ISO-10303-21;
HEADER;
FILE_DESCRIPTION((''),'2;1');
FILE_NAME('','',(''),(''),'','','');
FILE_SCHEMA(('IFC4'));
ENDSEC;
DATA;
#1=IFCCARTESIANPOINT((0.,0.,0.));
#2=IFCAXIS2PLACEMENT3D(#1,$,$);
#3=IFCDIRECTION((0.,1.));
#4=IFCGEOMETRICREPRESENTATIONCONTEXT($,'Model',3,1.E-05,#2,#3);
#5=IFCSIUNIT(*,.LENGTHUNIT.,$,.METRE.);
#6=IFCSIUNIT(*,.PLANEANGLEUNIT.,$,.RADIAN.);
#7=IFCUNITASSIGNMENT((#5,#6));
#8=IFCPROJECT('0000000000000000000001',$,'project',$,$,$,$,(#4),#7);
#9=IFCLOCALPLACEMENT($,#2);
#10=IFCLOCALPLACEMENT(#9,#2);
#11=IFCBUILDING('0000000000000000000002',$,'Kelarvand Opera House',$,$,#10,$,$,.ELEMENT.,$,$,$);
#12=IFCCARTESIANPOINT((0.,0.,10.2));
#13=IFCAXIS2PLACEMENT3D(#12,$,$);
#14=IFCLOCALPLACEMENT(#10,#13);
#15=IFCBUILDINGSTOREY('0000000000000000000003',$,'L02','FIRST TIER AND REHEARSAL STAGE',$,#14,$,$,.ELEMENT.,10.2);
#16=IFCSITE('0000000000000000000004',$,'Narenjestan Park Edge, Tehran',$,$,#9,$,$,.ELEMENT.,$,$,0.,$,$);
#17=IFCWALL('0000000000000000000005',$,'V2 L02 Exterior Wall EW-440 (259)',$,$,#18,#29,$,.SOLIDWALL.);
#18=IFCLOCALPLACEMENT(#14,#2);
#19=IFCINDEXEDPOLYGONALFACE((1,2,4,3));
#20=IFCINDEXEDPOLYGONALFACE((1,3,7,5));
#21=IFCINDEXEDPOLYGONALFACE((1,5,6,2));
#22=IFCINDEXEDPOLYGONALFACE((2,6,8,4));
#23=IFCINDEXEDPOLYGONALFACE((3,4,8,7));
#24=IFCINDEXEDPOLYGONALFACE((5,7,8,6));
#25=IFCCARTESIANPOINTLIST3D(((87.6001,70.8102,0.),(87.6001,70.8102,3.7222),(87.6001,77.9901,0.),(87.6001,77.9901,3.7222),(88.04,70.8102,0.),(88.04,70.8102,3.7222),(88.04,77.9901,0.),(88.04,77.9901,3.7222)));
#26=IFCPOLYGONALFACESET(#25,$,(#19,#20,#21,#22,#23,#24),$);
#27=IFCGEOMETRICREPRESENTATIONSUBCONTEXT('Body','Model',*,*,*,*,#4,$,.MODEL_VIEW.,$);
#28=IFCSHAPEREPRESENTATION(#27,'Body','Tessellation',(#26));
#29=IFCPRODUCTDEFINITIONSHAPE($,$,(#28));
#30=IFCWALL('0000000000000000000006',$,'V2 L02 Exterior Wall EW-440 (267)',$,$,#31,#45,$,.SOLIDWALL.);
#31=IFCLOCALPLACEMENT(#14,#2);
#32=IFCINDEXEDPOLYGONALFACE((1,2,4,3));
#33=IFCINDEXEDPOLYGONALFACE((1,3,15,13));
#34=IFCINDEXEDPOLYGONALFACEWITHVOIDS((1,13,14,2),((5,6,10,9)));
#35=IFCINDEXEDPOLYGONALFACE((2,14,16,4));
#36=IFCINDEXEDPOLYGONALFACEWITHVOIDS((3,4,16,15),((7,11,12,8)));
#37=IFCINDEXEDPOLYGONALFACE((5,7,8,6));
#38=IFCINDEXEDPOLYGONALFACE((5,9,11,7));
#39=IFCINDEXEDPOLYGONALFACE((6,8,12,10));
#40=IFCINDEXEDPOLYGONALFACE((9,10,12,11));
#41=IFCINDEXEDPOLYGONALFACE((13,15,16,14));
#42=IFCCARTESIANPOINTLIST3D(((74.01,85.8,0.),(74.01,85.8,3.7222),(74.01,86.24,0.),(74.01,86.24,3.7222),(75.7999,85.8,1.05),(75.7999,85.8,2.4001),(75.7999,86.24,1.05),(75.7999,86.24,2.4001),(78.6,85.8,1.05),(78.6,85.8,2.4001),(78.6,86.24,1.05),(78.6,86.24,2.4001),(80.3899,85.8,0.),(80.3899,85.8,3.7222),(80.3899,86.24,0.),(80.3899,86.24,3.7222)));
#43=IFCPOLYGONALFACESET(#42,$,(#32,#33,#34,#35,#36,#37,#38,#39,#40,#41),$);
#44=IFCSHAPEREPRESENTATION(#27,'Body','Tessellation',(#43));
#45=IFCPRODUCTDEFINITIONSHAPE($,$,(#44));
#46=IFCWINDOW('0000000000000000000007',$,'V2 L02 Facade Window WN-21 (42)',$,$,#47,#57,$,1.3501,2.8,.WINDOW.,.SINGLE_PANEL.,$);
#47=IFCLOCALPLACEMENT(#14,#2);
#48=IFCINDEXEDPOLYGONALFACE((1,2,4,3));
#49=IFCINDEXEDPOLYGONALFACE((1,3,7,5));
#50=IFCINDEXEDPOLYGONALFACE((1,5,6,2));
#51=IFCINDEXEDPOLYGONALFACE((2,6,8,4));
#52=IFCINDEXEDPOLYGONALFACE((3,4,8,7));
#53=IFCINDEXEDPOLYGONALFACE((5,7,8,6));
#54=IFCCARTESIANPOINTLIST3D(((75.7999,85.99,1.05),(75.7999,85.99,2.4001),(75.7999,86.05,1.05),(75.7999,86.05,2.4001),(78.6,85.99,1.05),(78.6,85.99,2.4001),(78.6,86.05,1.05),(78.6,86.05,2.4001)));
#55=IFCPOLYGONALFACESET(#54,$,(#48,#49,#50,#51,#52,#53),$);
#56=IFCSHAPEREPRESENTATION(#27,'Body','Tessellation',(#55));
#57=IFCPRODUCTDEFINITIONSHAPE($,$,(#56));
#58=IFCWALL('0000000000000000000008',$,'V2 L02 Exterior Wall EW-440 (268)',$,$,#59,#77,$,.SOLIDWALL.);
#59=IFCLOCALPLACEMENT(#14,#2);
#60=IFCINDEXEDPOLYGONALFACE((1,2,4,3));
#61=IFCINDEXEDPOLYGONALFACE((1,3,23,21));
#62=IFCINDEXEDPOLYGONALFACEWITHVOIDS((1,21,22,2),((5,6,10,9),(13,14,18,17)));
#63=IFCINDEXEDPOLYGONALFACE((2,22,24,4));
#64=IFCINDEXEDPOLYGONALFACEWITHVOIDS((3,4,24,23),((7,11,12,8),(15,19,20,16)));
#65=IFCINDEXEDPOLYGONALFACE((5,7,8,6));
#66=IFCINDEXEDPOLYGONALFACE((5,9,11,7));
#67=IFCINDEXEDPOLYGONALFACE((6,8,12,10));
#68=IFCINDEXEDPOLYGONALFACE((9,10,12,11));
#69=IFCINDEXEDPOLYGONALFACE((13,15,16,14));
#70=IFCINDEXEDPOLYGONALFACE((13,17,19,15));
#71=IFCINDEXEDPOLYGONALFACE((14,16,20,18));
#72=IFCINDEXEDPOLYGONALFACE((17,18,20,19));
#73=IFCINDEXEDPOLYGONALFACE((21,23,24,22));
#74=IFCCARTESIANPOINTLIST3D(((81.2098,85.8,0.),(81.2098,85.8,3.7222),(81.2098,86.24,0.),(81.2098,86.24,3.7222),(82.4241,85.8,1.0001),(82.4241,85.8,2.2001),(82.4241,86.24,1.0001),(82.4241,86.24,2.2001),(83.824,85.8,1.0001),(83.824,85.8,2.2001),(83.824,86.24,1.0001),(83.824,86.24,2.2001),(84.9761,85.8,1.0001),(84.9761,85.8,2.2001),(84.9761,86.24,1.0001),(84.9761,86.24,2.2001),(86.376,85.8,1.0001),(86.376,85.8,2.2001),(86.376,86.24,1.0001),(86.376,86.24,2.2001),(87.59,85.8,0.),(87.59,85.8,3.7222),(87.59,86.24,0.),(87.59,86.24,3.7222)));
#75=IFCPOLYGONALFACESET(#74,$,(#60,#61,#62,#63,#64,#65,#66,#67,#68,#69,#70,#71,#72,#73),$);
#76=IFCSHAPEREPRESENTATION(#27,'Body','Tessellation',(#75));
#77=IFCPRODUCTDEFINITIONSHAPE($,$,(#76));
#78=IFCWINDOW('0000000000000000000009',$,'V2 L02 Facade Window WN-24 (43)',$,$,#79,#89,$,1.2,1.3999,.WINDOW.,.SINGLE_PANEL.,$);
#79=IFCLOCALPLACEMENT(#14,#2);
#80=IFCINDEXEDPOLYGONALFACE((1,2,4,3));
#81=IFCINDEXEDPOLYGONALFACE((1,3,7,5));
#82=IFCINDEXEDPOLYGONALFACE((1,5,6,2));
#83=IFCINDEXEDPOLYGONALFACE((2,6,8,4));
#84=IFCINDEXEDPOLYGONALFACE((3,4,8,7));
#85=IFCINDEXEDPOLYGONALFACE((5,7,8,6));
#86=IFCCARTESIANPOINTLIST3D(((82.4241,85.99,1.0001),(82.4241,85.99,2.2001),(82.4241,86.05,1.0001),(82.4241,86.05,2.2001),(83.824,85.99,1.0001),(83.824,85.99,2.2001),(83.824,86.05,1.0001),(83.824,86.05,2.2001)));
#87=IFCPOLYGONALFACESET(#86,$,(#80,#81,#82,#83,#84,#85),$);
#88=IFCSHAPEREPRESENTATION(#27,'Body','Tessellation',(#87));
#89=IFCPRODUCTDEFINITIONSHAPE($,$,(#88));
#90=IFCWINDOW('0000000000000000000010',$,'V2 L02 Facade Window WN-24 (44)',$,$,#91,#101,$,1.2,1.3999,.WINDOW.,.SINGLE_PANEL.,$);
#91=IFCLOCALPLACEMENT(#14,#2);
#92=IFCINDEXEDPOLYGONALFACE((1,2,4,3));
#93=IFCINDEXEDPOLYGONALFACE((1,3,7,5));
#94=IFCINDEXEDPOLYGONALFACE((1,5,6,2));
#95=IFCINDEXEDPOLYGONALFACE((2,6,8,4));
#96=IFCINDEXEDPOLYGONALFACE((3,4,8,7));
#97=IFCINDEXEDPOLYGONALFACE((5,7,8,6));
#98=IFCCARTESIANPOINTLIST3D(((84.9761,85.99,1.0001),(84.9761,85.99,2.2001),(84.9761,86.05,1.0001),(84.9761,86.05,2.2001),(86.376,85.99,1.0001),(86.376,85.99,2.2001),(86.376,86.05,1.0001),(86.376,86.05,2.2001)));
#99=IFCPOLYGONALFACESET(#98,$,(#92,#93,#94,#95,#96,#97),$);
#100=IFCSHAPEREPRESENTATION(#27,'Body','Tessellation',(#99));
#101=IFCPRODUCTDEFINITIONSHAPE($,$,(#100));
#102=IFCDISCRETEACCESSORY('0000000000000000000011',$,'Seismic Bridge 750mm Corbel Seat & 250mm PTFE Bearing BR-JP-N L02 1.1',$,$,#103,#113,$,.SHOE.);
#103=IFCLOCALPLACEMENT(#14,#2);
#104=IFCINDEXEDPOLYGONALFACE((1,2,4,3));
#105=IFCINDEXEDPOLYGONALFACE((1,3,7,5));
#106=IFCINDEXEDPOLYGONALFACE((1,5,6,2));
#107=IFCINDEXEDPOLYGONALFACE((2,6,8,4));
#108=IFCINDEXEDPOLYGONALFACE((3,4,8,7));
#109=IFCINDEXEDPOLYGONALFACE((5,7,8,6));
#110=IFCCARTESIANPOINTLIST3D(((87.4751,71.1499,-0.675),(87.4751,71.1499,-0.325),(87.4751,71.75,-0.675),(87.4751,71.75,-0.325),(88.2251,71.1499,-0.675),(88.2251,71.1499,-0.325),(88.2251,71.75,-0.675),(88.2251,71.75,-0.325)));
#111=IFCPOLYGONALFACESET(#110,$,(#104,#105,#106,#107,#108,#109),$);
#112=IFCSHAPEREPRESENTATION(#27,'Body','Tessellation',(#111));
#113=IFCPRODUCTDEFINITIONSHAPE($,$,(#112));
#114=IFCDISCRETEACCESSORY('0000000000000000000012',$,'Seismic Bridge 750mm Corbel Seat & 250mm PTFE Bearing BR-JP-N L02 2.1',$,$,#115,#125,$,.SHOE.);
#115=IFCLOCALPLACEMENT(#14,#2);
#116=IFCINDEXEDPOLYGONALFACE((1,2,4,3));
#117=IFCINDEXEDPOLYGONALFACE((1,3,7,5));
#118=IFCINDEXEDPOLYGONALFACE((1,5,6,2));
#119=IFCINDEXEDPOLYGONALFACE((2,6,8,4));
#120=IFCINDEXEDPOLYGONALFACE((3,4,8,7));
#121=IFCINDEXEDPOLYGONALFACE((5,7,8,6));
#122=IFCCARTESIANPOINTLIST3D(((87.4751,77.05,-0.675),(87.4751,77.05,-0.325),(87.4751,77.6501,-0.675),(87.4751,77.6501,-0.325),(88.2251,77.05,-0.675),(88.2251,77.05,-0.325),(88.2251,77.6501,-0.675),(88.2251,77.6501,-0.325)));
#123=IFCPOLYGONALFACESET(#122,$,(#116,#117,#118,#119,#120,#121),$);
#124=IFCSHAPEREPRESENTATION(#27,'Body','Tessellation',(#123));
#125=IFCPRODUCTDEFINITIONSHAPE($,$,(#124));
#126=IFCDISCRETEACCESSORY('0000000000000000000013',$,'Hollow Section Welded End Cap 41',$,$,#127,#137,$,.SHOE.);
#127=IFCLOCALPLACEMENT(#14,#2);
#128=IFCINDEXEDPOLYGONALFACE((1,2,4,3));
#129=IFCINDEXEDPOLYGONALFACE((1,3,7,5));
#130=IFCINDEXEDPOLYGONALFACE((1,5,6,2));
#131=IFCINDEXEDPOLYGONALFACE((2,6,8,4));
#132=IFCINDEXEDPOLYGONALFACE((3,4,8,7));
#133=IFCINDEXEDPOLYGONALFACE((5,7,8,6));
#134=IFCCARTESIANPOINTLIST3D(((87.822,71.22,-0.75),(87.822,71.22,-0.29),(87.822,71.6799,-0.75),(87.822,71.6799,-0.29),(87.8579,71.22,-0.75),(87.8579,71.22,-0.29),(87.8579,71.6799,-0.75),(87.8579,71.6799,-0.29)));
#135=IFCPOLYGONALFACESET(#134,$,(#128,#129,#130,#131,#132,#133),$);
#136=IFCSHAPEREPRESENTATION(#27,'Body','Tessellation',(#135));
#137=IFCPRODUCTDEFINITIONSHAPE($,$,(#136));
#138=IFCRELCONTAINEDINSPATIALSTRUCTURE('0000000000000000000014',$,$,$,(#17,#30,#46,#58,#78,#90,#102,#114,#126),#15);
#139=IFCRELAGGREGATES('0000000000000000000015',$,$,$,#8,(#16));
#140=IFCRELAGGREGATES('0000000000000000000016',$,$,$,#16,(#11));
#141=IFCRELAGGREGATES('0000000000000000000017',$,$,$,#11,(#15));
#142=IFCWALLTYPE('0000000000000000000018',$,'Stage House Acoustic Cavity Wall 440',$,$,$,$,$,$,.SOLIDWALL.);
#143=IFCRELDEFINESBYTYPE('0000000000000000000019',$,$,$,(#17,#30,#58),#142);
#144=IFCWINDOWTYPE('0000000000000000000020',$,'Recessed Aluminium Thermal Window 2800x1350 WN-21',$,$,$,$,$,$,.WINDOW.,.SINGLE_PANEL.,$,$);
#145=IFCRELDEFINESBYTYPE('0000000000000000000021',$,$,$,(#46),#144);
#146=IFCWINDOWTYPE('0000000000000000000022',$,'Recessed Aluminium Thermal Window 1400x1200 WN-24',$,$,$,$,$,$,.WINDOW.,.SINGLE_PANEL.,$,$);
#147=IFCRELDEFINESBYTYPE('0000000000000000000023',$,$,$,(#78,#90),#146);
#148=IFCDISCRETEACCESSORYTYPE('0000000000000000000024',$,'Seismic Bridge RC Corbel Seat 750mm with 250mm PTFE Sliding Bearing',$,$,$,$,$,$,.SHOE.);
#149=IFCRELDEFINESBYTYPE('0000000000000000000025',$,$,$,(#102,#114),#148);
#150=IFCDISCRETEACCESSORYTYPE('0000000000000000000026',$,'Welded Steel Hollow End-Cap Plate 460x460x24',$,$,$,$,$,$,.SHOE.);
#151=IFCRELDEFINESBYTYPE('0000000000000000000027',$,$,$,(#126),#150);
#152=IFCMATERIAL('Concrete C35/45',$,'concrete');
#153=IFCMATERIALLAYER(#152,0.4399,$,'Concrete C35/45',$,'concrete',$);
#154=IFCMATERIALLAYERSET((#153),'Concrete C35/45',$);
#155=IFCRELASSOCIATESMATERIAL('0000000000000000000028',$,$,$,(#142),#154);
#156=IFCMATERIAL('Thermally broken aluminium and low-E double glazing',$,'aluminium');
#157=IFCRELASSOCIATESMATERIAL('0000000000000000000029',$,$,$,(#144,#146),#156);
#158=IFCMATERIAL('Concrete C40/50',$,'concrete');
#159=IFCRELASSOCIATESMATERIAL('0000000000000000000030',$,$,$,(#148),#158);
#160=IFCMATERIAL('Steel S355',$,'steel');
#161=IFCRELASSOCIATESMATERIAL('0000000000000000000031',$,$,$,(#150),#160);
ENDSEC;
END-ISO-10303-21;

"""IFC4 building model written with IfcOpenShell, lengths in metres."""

from ifc_helpers import new_model, si_unit, direction, frame, frame_2d, origin, origin_2d, place, context, subcontext, project, spatial, rectangle, extrude, material, layer, layer_set, material_profile, profile_set, type_object, element, fill, save


model = new_model("IFC4")

# Units and contexts
model_context = context("Model", 3, precision=1e-05, world=origin(), true_north=direction((0.0, 1.0)))
body_context = subcontext(model_context, "Body", "Model", "MODEL_VIEW")
ifc_project = project(units=[si_unit("LENGTHUNIT", "METRE"), si_unit("PLANEANGLEUNIT", "RADIAN")], contexts=[model_context])

# Site, building, storey
site_placement = place(None, origin())
site = spatial("IfcSite", under=ifc_project, at=site_placement, Name="Narenjestan Park Edge, Tehran", CompositionType="ELEMENT", RefElevation=0.0)
building_placement = place(site_placement, origin())
building = spatial("IfcBuilding", under=site, at=building_placement, Name="Kelarvand Opera House", CompositionType="ELEMENT")
storey_placement = place(building_placement, frame((0.0, 0.0, 10.2)))
storey = spatial("IfcBuildingStorey", under=building, at=storey_placement, Name="L02", Description="FIRST TIER AND REHEARSAL STAGE", CompositionType="ELEMENT", Elevation=10.2)

# Shared definitions
ifc_material_1 = material(Name="Concrete C40/50", Category="concrete")

# Shared definitions
ifc_material_2 = material(Name="Steel S355", Category="steel")

# Wall
ifc_material_3 = material(Name="Concrete C35/45", Category="concrete")
ifc_layer_1 = layer(ifc_material_3, 0.4399, Name="Concrete C35/45", Category="concrete")
ifc_layer_set_1 = layer_set([ifc_layer_1], Name="Concrete C35/45")
wall_type_1 = type_object("IfcWallType", Name="Stage House Acoustic Cavity Wall 440", PredefinedType="SOLIDWALL", material=ifc_layer_set_1)
wall_1_placement = place(storey_placement, frame((87.8201, 77.99, 0.0), z_axis=(0.0, 0.0, 1.0), x_axis=(0.0, -1.0, 0.0)))
element("IfcWall", 1, at=wall_1_placement, inside=storey, type_object=wall_type_1, Name="V2 L02 Exterior Wall EW-440 (259)", PredefinedType="SOLIDWALL", context=body_context, shape_type="SweptSolid", body=[
    extrude(rectangle(XDim=7.1799, YDim=0.4399, at=frame_2d((3.5898, 0.0))), origin(), (0.0, 0.0, 1.0), 3.7222),
])

# Wall, opening, window
wall_2_placement = place(storey_placement, frame((74.01, 86.02, 0.0), z_axis=(0.0, 0.0, 1.0), x_axis=(1.0, 0.0, 0.0)))
wall_2 = element("IfcWall", 2, at=wall_2_placement, inside=storey, type_object=wall_type_1, Name="V2 L02 Exterior Wall EW-440 (267)", PredefinedType="SOLIDWALL", context=body_context, shape_type="SweptSolid", body=[
    extrude(rectangle(XDim=6.3799, YDim=0.4399, at=frame_2d((3.1899, 0.0))), origin(), (0.0, 0.0, 1.0), 3.7222),
])
opening_1_placement = place(wall_2_placement, frame((1.79, 0.0, 1.05)))
opening_1 = element("IfcOpeningElement", 3, at=opening_1_placement, cuts=wall_2, PredefinedType="OPENING", context=body_context, shape_type="SweptSolid", body=[
    extrude(rectangle(XDim=2.8, YDim=1.3501, at=frame_2d((1.3999, 0.675))), frame((0.0, 0.23, 0.0), z_axis=(0.0, -1.0, 0.0), x_axis=(1.0, 0.0, 0.0)), (0.0, 0.0, 1.0), 0.46),
])
ifc_material_4 = material(Name="Thermally broken aluminium and low-E double glazing", Category="aluminium")
window_type_1 = type_object("IfcWindowType", Name="Recessed Aluminium Thermal Window 2800x1350 WN-21", PartitioningType="SINGLE_PANEL", PredefinedType="WINDOW", material=ifc_material_4)
window_1_placement = place(opening_1_placement, origin())
window_1 = element("IfcWindow", 4, at=window_1_placement, inside=storey, type_object=window_type_1, Name="V2 L02 Facade Window WN-21 (42)", OverallHeight=1.3501, OverallWidth=2.8, PartitioningType="SINGLE_PANEL", PredefinedType="WINDOW", context=body_context, shape_type="SweptSolid", body=[
    extrude(rectangle(XDim=2.8, YDim=1.3501, at=frame_2d((1.3999, 0.675))), frame((0.0, 0.03, 0.0), z_axis=(0.0, -1.0, 0.0), x_axis=(1.0, 0.0, 0.0)), (0.0, 0.0, 1.0), 0.0601),
])
fill(opening_1, window_1)

# Wall, openings, windows
wall_3_placement = place(storey_placement, frame((81.21, 86.02, 0.0), z_axis=(0.0, 0.0, 1.0), x_axis=(1.0, 0.0, 0.0)))
wall_3 = element("IfcWall", 5, at=wall_3_placement, inside=storey, type_object=wall_type_1, Name="V2 L02 Exterior Wall EW-440 (268)", PredefinedType="SOLIDWALL", context=body_context, shape_type="SweptSolid", body=[
    extrude(rectangle(XDim=6.3801, YDim=0.4399, at=frame_2d((3.1899, 0.0))), origin(), (0.0, 0.0, 1.0), 3.7222),
])
opening_2_placement = place(wall_3_placement, frame((1.2141, 0.0, 1.0)))
opening_2 = element("IfcOpeningElement", 6, at=opening_2_placement, cuts=wall_3, PredefinedType="OPENING", context=body_context, shape_type="SweptSolid", body=[
    extrude(rectangle(XDim=1.3999, YDim=1.2, at=frame_2d((0.7, 0.6001))), frame((0.0, 0.23, 0.0), z_axis=(0.0, -1.0, 0.0), x_axis=(1.0, 0.0, 0.0)), (0.0, 0.0, 1.0), 0.46),
])
opening_3_placement = place(wall_3_placement, frame((3.7661, 0.0, 1.0)))
opening_3 = element("IfcOpeningElement", 7, at=opening_3_placement, cuts=wall_3, PredefinedType="OPENING", context=body_context, shape_type="SweptSolid", body=[
    extrude(rectangle(XDim=1.3999, YDim=1.2, at=frame_2d((0.7, 0.6001))), frame((0.0, 0.23, 0.0), z_axis=(0.0, -1.0, 0.0), x_axis=(1.0, 0.0, 0.0)), (0.0, 0.0, 1.0), 0.46),
])
window_type_2 = type_object("IfcWindowType", Name="Recessed Aluminium Thermal Window 1400x1200 WN-24", PartitioningType="SINGLE_PANEL", PredefinedType="WINDOW", material=ifc_material_4)
window_2_placement = place(opening_2_placement, origin())
window_2 = element("IfcWindow", 8, at=window_2_placement, inside=storey, type_object=window_type_2, Name="V2 L02 Facade Window WN-24 (43)", OverallHeight=1.2, OverallWidth=1.3999, PartitioningType="SINGLE_PANEL", PredefinedType="WINDOW", context=body_context, shape_type="SweptSolid", body=[
    extrude(rectangle(XDim=1.3999, YDim=1.2, at=frame_2d((0.7, 0.6001))), frame((0.0, 0.03, 0.0), z_axis=(0.0, -1.0, 0.0), x_axis=(1.0, 0.0, 0.0)), (0.0, 0.0, 1.0), 0.0601),
])
fill(opening_2, window_2)
window_3_placement = place(opening_3_placement, origin())
window_3 = element("IfcWindow", 9, at=window_3_placement, inside=storey, type_object=window_type_2, Name="V2 L02 Facade Window WN-24 (44)", OverallHeight=1.2, OverallWidth=1.3999, PartitioningType="SINGLE_PANEL", PredefinedType="WINDOW", context=body_context, shape_type="SweptSolid", body=[
    extrude(rectangle(XDim=1.3999, YDim=1.2, at=frame_2d((0.7, 0.6001))), frame((0.0, 0.03, 0.0), z_axis=(0.0, -1.0, 0.0), x_axis=(1.0, 0.0, 0.0)), (0.0, 0.0, 1.0), 0.0601),
])
fill(opening_3, window_3)

# Discrete accessories
discrete_accessory_type_1 = type_object("IfcDiscreteAccessoryType", Name="Seismic Bridge RC Corbel Seat 750mm with 250mm PTFE Sliding Bearing", PredefinedType="SHOE", material=ifc_material_1)
for number, where, z_axis, x_axis, name in (
    (10, (87.8501, 71.45, -0.675), (0.0, 0.0, 1.0), (1.0, 0.0, 0.0), "Seismic Bridge 750mm Corbel Seat & 250mm PTFE Bearing BR-JP-N L02 1.1"),
    (11, (87.8501, 77.3501, -0.675), (0.0, 0.0, 1.0), (1.0, 0.0, 0.0), "Seismic Bridge 750mm Corbel Seat & 250mm PTFE Bearing BR-JP-N L02 2.1"),
):
    element("IfcDiscreteAccessory", number, at=place(storey_placement, frame(where, z_axis=z_axis, x_axis=x_axis)), inside=storey, type_object=discrete_accessory_type_1, Name=name, PredefinedType="SHOE", context=body_context, shape_type="SweptSolid", body=[
        extrude(rectangle(XDim=0.75, YDim=0.6001, at=origin_2d()), origin(), (0.0, 0.0, 1.0), 0.3501),
    ])
ifc_material_profile_1 = material_profile(ifc_material_2, rectangle(XDim=0.46, YDim=0.46, at=origin_2d()), Name="Welded Steel Hollow End-Cap Plate 460x460x24", Category="steel")
ifc_profile_set_1 = profile_set([ifc_material_profile_1], Name="Steel S355")
discrete_accessory_type_2 = type_object("IfcDiscreteAccessoryType", Name="Welded Steel Hollow End-Cap Plate 460x460x24", PredefinedType="SHOE", material=ifc_profile_set_1)
discrete_accessory_placement = place(storey_placement, frame((87.8579, 71.45, -0.52), z_axis=(-1.0, 0.0, 0.0), x_axis=(0.0, -1.0, 0.0)))
element("IfcDiscreteAccessory", 12, at=discrete_accessory_placement, inside=storey, type_object=discrete_accessory_type_2, Name="Hollow Section Welded End Cap 41", PredefinedType="SHOE", context=body_context, shape_type="SweptSolid", body=[
    extrude(rectangle(XDim=0.46, YDim=0.46, at=origin_2d()), origin(), (0.0, 0.0, 1.0), 0.0359),
])

save(model, "model.ifc")
